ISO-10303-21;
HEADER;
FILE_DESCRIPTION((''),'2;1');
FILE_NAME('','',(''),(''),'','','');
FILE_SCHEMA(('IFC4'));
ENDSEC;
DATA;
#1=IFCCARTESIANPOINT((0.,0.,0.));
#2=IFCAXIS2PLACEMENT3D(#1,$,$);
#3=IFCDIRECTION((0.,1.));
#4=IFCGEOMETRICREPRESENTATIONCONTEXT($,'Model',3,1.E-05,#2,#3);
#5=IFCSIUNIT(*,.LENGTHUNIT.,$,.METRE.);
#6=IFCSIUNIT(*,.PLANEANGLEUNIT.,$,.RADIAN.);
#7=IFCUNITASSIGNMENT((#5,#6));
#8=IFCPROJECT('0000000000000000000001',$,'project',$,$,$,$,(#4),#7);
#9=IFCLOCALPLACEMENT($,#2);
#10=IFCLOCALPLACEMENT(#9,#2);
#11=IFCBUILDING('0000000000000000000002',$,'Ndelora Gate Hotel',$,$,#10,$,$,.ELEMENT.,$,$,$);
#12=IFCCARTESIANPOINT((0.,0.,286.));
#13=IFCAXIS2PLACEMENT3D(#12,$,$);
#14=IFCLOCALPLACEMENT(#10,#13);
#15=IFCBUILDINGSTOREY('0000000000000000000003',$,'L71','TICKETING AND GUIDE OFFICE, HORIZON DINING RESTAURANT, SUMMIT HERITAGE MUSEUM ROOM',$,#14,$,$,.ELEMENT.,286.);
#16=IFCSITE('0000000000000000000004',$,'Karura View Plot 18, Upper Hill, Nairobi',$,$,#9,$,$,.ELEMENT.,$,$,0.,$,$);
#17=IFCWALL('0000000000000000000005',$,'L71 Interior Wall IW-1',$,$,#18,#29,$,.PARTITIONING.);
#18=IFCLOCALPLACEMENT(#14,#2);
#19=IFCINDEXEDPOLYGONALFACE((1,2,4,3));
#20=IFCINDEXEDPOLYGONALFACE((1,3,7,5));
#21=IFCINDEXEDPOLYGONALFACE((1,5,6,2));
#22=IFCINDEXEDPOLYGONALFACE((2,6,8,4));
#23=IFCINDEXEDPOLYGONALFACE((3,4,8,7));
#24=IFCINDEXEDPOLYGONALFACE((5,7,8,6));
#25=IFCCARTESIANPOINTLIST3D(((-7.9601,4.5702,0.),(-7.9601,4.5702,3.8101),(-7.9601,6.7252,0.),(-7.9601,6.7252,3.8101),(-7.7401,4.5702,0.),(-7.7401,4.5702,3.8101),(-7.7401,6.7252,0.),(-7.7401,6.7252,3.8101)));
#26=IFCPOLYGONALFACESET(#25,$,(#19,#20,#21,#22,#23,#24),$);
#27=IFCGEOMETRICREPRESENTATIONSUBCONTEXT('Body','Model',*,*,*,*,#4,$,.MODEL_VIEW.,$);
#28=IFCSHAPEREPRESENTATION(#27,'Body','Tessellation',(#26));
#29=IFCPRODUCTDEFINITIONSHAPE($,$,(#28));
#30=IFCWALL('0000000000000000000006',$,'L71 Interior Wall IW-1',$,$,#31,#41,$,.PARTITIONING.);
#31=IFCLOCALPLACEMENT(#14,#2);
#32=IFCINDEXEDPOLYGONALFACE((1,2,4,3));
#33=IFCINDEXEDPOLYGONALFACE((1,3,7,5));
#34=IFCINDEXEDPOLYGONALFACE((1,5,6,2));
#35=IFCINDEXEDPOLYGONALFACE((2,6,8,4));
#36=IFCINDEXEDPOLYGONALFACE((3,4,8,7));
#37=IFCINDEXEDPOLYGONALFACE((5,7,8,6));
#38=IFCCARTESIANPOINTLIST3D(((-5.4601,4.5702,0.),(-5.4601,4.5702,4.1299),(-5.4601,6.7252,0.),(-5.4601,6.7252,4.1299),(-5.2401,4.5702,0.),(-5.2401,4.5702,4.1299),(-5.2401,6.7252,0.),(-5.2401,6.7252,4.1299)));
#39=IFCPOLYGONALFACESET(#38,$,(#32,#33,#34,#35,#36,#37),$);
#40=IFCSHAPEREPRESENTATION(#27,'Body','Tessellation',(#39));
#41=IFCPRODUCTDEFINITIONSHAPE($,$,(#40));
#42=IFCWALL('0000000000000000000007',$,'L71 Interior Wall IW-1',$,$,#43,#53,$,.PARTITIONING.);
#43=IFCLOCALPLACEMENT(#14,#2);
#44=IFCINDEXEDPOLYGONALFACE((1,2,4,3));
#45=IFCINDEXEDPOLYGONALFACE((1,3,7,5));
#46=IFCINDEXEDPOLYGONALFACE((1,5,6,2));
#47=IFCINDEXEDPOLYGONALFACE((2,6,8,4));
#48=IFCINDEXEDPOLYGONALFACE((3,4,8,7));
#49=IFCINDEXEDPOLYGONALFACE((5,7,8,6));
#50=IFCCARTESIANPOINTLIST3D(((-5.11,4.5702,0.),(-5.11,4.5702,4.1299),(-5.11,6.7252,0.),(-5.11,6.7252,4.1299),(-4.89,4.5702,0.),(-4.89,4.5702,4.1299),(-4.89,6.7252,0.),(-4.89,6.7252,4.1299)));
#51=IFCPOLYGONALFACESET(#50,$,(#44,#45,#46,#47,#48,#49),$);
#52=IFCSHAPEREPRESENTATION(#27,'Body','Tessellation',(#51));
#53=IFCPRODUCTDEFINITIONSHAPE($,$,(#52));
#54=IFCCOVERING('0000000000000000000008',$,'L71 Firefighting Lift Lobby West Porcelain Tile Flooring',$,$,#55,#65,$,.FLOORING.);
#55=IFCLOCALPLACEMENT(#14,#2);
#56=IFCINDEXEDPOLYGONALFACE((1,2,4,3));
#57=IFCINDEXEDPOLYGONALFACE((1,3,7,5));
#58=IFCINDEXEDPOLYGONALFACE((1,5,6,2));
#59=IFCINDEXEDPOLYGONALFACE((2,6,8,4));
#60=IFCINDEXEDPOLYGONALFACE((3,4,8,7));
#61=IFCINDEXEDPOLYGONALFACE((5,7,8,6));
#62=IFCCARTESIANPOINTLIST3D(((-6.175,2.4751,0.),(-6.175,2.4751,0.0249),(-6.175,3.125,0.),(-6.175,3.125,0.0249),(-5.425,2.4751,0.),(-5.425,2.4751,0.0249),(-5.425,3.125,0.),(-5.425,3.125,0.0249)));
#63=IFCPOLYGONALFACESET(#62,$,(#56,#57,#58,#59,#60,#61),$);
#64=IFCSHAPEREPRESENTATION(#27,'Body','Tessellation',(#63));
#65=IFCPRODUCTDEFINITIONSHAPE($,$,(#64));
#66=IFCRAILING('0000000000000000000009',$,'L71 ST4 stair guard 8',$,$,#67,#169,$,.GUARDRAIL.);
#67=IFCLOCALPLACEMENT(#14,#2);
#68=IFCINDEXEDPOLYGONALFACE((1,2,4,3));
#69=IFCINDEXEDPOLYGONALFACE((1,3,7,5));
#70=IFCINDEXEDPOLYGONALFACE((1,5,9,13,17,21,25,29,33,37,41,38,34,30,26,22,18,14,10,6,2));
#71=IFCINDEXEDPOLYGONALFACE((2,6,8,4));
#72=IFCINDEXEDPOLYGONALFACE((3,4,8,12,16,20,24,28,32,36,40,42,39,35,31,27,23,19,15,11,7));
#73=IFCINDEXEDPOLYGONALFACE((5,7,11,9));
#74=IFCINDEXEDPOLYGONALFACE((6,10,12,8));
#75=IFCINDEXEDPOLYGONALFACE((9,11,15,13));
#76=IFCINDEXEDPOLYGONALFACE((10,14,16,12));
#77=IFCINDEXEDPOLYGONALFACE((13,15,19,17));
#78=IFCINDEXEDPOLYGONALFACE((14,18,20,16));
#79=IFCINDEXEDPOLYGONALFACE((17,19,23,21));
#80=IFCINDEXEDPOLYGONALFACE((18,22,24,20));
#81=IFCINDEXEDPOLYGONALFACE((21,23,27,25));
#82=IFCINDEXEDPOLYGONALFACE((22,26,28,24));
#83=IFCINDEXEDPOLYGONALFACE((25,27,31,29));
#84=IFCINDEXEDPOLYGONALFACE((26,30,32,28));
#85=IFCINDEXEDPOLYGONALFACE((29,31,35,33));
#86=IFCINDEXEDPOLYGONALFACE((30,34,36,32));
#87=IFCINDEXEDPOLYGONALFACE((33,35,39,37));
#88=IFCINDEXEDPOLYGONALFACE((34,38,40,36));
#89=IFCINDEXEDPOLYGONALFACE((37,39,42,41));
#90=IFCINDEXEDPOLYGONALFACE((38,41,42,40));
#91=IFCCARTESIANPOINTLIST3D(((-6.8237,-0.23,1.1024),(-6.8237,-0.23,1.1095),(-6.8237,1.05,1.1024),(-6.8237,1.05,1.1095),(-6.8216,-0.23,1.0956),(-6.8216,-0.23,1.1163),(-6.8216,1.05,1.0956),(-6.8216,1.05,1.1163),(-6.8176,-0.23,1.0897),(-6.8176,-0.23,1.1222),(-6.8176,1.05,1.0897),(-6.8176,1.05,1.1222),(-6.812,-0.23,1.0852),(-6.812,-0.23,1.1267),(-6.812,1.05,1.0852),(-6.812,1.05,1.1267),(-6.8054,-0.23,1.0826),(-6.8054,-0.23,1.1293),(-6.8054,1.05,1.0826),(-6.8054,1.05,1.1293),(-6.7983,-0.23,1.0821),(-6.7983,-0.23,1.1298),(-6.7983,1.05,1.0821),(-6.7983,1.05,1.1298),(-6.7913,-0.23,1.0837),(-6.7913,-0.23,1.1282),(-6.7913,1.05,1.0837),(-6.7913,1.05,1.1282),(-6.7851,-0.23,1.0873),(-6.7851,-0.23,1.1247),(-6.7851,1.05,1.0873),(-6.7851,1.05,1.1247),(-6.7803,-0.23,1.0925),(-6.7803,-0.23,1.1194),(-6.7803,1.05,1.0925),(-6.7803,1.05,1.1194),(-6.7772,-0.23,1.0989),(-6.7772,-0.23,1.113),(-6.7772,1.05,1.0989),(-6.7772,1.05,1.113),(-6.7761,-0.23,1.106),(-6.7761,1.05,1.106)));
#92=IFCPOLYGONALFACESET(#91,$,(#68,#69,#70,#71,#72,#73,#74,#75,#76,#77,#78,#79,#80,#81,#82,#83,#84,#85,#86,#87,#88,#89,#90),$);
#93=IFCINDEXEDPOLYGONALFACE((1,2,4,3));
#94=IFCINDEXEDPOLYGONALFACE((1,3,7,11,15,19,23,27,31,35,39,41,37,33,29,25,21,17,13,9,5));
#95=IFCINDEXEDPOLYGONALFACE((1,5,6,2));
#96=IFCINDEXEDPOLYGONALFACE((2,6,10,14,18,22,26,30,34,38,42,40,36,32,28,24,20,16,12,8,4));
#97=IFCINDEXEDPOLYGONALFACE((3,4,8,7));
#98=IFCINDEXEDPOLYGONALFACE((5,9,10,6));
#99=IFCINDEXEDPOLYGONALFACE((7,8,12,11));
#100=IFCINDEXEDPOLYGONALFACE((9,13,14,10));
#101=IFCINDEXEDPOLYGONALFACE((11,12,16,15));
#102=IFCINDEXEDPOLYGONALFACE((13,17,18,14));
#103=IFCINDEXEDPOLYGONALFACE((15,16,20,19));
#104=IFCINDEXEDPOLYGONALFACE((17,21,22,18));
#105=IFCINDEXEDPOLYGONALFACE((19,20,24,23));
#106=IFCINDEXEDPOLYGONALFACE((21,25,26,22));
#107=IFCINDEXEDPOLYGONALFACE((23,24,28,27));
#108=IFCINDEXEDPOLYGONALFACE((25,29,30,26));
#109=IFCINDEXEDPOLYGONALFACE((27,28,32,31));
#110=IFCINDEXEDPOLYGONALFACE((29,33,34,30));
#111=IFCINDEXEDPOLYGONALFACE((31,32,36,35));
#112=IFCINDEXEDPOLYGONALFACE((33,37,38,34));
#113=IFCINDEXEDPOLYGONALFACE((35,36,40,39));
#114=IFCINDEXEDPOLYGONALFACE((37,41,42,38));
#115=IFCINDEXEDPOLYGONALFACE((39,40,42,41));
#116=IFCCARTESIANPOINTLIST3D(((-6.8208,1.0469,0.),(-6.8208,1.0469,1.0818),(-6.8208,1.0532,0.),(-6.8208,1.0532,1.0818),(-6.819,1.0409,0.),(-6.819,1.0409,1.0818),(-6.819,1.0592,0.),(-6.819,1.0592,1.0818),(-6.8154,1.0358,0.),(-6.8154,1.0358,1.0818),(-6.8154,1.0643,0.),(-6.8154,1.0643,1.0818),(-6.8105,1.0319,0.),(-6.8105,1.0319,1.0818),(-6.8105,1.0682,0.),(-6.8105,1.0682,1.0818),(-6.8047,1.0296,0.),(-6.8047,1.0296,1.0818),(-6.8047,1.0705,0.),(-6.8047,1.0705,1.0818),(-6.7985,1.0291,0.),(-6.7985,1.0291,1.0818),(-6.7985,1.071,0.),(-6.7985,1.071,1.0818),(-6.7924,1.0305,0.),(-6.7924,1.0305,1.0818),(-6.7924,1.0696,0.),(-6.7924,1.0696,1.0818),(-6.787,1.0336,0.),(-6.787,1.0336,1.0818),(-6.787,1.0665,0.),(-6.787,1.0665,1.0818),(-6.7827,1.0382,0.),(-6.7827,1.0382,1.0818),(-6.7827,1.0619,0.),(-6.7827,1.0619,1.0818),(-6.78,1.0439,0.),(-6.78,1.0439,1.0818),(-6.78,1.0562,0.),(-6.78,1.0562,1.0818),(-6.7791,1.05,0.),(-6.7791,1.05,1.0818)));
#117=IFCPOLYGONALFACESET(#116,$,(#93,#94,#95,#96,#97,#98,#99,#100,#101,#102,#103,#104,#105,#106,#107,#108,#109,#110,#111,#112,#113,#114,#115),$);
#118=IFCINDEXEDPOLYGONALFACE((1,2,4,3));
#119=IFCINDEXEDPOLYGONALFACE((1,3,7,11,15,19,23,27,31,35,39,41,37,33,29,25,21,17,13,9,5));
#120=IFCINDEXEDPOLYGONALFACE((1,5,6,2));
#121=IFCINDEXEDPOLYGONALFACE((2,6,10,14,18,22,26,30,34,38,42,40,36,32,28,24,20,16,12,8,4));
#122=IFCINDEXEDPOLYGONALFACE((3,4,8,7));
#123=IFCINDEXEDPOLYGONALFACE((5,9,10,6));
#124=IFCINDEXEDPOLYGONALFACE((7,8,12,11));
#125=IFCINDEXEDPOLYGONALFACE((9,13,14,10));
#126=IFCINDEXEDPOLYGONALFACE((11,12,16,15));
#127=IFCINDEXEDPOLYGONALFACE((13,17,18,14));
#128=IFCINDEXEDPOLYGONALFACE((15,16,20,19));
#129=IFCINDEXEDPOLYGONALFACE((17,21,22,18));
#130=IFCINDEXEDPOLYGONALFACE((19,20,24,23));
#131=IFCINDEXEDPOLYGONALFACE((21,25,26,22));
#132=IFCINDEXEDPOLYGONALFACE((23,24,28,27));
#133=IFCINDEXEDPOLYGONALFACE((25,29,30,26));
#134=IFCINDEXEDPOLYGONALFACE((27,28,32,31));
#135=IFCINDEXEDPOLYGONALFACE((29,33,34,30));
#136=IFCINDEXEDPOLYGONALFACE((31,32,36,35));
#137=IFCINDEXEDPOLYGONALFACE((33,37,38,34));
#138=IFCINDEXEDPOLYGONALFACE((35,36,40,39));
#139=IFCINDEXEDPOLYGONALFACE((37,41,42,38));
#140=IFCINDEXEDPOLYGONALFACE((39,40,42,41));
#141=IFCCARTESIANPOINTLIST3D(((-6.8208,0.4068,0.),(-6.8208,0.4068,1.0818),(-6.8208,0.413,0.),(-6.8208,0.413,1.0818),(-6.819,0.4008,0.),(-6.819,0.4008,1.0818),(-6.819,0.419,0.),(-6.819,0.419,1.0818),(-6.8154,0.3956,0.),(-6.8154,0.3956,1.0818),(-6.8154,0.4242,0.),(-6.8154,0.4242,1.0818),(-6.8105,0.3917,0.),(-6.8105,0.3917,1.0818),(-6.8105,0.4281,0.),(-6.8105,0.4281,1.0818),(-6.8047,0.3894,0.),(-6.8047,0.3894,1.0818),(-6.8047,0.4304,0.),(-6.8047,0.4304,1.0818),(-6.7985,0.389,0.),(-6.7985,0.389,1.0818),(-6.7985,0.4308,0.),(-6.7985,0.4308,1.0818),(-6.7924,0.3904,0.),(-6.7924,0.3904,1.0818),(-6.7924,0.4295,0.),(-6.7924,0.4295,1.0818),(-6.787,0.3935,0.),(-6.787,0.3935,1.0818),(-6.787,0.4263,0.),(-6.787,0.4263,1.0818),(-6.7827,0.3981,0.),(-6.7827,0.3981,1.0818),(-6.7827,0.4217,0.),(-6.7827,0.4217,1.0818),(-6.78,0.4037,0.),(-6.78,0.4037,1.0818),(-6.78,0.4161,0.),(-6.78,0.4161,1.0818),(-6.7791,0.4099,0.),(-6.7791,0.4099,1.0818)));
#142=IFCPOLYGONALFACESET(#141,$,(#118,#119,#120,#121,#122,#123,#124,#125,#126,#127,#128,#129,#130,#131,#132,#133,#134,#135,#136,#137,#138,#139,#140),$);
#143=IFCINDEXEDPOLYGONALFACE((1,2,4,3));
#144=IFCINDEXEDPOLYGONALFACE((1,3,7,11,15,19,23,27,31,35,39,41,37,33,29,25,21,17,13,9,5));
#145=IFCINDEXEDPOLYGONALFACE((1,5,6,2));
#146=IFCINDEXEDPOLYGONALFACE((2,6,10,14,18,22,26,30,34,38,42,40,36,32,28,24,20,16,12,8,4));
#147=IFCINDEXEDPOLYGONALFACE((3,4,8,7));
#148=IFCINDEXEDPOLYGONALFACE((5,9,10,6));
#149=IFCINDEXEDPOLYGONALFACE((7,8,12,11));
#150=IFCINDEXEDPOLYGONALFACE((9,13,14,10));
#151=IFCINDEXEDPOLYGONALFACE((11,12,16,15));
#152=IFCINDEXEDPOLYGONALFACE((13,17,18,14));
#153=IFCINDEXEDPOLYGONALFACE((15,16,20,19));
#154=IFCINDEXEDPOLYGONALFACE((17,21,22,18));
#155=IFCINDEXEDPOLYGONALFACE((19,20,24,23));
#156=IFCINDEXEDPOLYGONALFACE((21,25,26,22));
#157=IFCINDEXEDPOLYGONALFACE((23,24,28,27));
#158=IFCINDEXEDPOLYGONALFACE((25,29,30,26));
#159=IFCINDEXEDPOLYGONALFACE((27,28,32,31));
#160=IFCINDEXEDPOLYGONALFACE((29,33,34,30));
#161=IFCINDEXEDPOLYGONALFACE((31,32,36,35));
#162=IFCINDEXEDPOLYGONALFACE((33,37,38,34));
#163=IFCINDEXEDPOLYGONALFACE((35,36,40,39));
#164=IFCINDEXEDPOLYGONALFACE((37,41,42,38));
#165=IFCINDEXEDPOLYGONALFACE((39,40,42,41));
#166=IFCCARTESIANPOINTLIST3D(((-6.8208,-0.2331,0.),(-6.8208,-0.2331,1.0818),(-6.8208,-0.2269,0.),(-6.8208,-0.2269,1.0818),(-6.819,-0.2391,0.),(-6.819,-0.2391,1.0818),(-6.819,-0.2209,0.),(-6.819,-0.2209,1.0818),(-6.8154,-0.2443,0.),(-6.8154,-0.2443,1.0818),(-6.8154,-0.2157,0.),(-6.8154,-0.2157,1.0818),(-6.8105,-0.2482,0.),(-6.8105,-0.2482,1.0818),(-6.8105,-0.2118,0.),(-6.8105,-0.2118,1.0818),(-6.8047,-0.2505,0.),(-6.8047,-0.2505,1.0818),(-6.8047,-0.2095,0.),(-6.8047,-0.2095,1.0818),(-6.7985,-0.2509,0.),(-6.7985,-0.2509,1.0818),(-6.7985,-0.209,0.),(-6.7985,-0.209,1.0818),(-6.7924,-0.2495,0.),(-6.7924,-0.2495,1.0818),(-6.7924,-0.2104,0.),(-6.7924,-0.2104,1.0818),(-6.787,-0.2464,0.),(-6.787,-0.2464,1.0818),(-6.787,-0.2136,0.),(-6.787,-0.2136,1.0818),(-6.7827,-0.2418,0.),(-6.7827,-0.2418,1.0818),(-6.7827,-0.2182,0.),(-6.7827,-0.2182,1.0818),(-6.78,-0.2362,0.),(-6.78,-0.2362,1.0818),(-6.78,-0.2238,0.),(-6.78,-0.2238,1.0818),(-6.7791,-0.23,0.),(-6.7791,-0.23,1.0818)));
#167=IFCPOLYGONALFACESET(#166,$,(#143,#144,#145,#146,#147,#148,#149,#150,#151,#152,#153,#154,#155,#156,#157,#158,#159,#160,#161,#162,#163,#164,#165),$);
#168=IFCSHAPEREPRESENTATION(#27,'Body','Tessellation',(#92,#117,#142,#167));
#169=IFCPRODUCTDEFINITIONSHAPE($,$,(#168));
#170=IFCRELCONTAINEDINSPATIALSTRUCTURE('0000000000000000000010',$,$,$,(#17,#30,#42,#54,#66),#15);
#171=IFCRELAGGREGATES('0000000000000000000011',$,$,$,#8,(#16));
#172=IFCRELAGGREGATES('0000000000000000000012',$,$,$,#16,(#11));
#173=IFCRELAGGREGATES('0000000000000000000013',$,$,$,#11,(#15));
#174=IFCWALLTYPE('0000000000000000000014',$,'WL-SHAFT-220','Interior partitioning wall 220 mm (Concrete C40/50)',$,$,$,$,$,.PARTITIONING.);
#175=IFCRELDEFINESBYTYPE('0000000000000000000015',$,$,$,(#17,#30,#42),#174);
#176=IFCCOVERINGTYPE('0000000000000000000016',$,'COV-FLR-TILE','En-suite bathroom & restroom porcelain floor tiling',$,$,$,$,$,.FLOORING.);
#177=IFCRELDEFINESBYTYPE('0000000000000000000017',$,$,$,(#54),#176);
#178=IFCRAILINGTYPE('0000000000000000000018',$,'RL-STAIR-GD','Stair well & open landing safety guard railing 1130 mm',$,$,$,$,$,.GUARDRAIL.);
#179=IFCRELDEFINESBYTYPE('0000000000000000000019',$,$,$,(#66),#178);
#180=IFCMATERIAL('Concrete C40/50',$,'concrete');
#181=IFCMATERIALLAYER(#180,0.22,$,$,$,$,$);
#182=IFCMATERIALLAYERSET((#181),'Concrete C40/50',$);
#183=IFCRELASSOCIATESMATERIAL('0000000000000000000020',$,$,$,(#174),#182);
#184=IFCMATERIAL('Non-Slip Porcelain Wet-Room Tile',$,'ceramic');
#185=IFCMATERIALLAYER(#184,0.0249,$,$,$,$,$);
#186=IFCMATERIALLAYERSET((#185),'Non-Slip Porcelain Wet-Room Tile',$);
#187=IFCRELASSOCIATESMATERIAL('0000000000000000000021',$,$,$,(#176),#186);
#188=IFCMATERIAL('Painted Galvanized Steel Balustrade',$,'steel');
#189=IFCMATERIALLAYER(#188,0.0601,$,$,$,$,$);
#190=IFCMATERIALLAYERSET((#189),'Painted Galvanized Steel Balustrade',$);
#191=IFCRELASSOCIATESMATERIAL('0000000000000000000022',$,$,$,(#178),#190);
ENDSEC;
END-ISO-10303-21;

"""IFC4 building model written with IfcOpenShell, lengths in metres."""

from ifc_helpers import new_model, si_unit, direction, frame, frame_2d, origin, origin_2d, place, context, subcontext, project, spatial, rectangle, circle, extrude, material, layer, layer_set, type_object, element, save


model = new_model("IFC4")

# Units and contexts
model_context = context("Model", 3, precision=1e-05, world=origin(), true_north=direction((0.0, 1.0)))
body_context = subcontext(model_context, "Body", "Model", "MODEL_VIEW")
ifc_project = project(units=[si_unit("LENGTHUNIT", "METRE"), si_unit("PLANEANGLEUNIT", "RADIAN")], contexts=[model_context])

# Site, building, storey
site_placement = place(None, origin())
site = spatial("IfcSite", under=ifc_project, at=site_placement, Name="Karura View Plot 18, Upper Hill, Nairobi", CompositionType="ELEMENT", RefElevation=0.0)
building_placement = place(site_placement, origin())
building = spatial("IfcBuilding", under=site, at=building_placement, Name="Ndelora Gate Hotel", CompositionType="ELEMENT")
storey_placement = place(building_placement, frame((0.0, 0.0, 286.0)))
storey = spatial("IfcBuildingStorey", under=building, at=storey_placement, Name="L71", Description="TICKETING AND GUIDE OFFICE, HORIZON DINING RESTAURANT, SUMMIT HERITAGE MUSEUM ROOM", CompositionType="ELEMENT", Elevation=286.0)

# Shared definitions
ifc_material_1 = material(Name="Concrete C40/50", Category="concrete")
ifc_layer_1 = layer(ifc_material_1, 0.22)
ifc_layer_set_1 = layer_set([ifc_layer_1], Name="Concrete C40/50")
wall_type_1 = type_object("IfcWallType", Name="WL-SHAFT-220", Description="Interior partitioning wall 220 mm (Concrete C40/50)", PredefinedType="PARTITIONING", material=ifc_layer_set_1)

# Walls
wall_1_placement = place(storey_placement, frame((-7.8501, 4.5701, 0.0), z_axis=(0.0, 0.0, 1.0), x_axis=(0.0, 1.0, 0.0)))
element("IfcWall", 1, at=wall_1_placement, inside=storey, type_object=wall_type_1, Name="L71 Interior Wall IW-1", PredefinedType="PARTITIONING", context=body_context, shape_type="SweptSolid", body=[
    extrude(rectangle(XDim=2.155, YDim=0.22, at=frame_2d((1.0776, 0.0))), origin(), (0.0, 0.0, 1.0), 3.8101),
])
wall_2_placement = place(storey_placement, frame((-5.3501, 4.5701, 0.0), z_axis=(0.0, 0.0, 1.0), x_axis=(0.0, 1.0, 0.0)))
element("IfcWall", 2, at=wall_2_placement, inside=storey, type_object=wall_type_1, Name="L71 Interior Wall IW-1", PredefinedType="PARTITIONING", context=body_context, shape_type="SweptSolid", body=[
    extrude(rectangle(XDim=2.155, YDim=0.22, at=frame_2d((1.0776, 0.0))), origin(), (0.0, 0.0, 1.0), 4.1299),
])

# Wall
wall_3_placement = place(storey_placement, frame((-5.0, 4.5701, 0.0), z_axis=(0.0, 0.0, 1.0), x_axis=(0.0, 1.0, 0.0)))
element("IfcWall", 3, at=wall_3_placement, inside=storey, type_object=wall_type_1, Name="L71 Interior Wall IW-1", PredefinedType="PARTITIONING", context=body_context, shape_type="SweptSolid", body=[
    extrude(rectangle(XDim=2.155, YDim=0.22, at=frame_2d((1.0776, 0.0))), origin(), (0.0, 0.0, 1.0), 4.1299),
])

# Covering
ifc_material_2 = material(Name="Non-Slip Porcelain Wet-Room Tile", Category="ceramic")
ifc_layer_2 = layer(ifc_material_2, 0.0249)
ifc_layer_set_2 = layer_set([ifc_layer_2], Name="Non-Slip Porcelain Wet-Room Tile")
covering_type = type_object("IfcCoveringType", Name="COV-FLR-TILE", Description="En-suite bathroom & restroom porcelain floor tiling", PredefinedType="FLOORING", material=ifc_layer_set_2)
covering_placement = place(storey_placement, frame((-5.8, 2.8, 0.0), z_axis=(0.0, 0.0, 1.0), x_axis=(1.0, 0.0, 0.0)))
element("IfcCovering", 4, at=covering_placement, inside=storey, type_object=covering_type, Name="L71 Firefighting Lift Lobby West Porcelain Tile Flooring", PredefinedType="FLOORING", context=body_context, shape_type="SweptSolid", body=[
    extrude(rectangle(XDim=0.75, YDim=0.6499, at=origin_2d()), origin(), (0.0, 0.0, 1.0), 0.0249),
])

# Railing
ifc_material_3 = material(Name="Painted Galvanized Steel Balustrade", Category="steel")
ifc_layer_3 = layer(ifc_material_3, 0.0601)
ifc_layer_set_3 = layer_set([ifc_layer_3], Name="Painted Galvanized Steel Balustrade")
railing_type = type_object("IfcRailingType", Name="RL-STAIR-GD", Description="Stair well & open landing safety guard railing 1130 mm", PredefinedType="GUARDRAIL", material=ifc_layer_set_3)
for number, where, name in (
    (5, (-6.8, 1.05, 0.0), "L71 ST4 stair guard 8"),
):
    element("IfcRailing", number, at=place(storey_placement, frame(where)), inside=storey, type_object=railing_type, Name=name, PredefinedType="GUARDRAIL", context=body_context, shape_type="SweptSolid", body=[
        extrude(circle(Radius=0.0239, at=origin_2d()), frame((0.0, 0.0, 1.106), z_axis=(0.0, -1.0, 0.0), x_axis=(1.0, 0.0, 0.0)), (0.0, 0.0, 1.0), 1.28),
        extrude(circle(Radius=0.021, at=origin_2d()), origin(), (0.0, 0.0, 1.0), 1.0818),
        extrude(circle(Radius=0.021, at=origin_2d()), frame((0.0, -0.6401, 0.0)), (0.0, 0.0, 1.0), 1.0818),
        extrude(circle(Radius=0.021, at=origin_2d()), frame((0.0, -1.28, 0.0)), (0.0, 0.0, 1.0), 1.0818),
    ])

save(model, "model.ifc")
